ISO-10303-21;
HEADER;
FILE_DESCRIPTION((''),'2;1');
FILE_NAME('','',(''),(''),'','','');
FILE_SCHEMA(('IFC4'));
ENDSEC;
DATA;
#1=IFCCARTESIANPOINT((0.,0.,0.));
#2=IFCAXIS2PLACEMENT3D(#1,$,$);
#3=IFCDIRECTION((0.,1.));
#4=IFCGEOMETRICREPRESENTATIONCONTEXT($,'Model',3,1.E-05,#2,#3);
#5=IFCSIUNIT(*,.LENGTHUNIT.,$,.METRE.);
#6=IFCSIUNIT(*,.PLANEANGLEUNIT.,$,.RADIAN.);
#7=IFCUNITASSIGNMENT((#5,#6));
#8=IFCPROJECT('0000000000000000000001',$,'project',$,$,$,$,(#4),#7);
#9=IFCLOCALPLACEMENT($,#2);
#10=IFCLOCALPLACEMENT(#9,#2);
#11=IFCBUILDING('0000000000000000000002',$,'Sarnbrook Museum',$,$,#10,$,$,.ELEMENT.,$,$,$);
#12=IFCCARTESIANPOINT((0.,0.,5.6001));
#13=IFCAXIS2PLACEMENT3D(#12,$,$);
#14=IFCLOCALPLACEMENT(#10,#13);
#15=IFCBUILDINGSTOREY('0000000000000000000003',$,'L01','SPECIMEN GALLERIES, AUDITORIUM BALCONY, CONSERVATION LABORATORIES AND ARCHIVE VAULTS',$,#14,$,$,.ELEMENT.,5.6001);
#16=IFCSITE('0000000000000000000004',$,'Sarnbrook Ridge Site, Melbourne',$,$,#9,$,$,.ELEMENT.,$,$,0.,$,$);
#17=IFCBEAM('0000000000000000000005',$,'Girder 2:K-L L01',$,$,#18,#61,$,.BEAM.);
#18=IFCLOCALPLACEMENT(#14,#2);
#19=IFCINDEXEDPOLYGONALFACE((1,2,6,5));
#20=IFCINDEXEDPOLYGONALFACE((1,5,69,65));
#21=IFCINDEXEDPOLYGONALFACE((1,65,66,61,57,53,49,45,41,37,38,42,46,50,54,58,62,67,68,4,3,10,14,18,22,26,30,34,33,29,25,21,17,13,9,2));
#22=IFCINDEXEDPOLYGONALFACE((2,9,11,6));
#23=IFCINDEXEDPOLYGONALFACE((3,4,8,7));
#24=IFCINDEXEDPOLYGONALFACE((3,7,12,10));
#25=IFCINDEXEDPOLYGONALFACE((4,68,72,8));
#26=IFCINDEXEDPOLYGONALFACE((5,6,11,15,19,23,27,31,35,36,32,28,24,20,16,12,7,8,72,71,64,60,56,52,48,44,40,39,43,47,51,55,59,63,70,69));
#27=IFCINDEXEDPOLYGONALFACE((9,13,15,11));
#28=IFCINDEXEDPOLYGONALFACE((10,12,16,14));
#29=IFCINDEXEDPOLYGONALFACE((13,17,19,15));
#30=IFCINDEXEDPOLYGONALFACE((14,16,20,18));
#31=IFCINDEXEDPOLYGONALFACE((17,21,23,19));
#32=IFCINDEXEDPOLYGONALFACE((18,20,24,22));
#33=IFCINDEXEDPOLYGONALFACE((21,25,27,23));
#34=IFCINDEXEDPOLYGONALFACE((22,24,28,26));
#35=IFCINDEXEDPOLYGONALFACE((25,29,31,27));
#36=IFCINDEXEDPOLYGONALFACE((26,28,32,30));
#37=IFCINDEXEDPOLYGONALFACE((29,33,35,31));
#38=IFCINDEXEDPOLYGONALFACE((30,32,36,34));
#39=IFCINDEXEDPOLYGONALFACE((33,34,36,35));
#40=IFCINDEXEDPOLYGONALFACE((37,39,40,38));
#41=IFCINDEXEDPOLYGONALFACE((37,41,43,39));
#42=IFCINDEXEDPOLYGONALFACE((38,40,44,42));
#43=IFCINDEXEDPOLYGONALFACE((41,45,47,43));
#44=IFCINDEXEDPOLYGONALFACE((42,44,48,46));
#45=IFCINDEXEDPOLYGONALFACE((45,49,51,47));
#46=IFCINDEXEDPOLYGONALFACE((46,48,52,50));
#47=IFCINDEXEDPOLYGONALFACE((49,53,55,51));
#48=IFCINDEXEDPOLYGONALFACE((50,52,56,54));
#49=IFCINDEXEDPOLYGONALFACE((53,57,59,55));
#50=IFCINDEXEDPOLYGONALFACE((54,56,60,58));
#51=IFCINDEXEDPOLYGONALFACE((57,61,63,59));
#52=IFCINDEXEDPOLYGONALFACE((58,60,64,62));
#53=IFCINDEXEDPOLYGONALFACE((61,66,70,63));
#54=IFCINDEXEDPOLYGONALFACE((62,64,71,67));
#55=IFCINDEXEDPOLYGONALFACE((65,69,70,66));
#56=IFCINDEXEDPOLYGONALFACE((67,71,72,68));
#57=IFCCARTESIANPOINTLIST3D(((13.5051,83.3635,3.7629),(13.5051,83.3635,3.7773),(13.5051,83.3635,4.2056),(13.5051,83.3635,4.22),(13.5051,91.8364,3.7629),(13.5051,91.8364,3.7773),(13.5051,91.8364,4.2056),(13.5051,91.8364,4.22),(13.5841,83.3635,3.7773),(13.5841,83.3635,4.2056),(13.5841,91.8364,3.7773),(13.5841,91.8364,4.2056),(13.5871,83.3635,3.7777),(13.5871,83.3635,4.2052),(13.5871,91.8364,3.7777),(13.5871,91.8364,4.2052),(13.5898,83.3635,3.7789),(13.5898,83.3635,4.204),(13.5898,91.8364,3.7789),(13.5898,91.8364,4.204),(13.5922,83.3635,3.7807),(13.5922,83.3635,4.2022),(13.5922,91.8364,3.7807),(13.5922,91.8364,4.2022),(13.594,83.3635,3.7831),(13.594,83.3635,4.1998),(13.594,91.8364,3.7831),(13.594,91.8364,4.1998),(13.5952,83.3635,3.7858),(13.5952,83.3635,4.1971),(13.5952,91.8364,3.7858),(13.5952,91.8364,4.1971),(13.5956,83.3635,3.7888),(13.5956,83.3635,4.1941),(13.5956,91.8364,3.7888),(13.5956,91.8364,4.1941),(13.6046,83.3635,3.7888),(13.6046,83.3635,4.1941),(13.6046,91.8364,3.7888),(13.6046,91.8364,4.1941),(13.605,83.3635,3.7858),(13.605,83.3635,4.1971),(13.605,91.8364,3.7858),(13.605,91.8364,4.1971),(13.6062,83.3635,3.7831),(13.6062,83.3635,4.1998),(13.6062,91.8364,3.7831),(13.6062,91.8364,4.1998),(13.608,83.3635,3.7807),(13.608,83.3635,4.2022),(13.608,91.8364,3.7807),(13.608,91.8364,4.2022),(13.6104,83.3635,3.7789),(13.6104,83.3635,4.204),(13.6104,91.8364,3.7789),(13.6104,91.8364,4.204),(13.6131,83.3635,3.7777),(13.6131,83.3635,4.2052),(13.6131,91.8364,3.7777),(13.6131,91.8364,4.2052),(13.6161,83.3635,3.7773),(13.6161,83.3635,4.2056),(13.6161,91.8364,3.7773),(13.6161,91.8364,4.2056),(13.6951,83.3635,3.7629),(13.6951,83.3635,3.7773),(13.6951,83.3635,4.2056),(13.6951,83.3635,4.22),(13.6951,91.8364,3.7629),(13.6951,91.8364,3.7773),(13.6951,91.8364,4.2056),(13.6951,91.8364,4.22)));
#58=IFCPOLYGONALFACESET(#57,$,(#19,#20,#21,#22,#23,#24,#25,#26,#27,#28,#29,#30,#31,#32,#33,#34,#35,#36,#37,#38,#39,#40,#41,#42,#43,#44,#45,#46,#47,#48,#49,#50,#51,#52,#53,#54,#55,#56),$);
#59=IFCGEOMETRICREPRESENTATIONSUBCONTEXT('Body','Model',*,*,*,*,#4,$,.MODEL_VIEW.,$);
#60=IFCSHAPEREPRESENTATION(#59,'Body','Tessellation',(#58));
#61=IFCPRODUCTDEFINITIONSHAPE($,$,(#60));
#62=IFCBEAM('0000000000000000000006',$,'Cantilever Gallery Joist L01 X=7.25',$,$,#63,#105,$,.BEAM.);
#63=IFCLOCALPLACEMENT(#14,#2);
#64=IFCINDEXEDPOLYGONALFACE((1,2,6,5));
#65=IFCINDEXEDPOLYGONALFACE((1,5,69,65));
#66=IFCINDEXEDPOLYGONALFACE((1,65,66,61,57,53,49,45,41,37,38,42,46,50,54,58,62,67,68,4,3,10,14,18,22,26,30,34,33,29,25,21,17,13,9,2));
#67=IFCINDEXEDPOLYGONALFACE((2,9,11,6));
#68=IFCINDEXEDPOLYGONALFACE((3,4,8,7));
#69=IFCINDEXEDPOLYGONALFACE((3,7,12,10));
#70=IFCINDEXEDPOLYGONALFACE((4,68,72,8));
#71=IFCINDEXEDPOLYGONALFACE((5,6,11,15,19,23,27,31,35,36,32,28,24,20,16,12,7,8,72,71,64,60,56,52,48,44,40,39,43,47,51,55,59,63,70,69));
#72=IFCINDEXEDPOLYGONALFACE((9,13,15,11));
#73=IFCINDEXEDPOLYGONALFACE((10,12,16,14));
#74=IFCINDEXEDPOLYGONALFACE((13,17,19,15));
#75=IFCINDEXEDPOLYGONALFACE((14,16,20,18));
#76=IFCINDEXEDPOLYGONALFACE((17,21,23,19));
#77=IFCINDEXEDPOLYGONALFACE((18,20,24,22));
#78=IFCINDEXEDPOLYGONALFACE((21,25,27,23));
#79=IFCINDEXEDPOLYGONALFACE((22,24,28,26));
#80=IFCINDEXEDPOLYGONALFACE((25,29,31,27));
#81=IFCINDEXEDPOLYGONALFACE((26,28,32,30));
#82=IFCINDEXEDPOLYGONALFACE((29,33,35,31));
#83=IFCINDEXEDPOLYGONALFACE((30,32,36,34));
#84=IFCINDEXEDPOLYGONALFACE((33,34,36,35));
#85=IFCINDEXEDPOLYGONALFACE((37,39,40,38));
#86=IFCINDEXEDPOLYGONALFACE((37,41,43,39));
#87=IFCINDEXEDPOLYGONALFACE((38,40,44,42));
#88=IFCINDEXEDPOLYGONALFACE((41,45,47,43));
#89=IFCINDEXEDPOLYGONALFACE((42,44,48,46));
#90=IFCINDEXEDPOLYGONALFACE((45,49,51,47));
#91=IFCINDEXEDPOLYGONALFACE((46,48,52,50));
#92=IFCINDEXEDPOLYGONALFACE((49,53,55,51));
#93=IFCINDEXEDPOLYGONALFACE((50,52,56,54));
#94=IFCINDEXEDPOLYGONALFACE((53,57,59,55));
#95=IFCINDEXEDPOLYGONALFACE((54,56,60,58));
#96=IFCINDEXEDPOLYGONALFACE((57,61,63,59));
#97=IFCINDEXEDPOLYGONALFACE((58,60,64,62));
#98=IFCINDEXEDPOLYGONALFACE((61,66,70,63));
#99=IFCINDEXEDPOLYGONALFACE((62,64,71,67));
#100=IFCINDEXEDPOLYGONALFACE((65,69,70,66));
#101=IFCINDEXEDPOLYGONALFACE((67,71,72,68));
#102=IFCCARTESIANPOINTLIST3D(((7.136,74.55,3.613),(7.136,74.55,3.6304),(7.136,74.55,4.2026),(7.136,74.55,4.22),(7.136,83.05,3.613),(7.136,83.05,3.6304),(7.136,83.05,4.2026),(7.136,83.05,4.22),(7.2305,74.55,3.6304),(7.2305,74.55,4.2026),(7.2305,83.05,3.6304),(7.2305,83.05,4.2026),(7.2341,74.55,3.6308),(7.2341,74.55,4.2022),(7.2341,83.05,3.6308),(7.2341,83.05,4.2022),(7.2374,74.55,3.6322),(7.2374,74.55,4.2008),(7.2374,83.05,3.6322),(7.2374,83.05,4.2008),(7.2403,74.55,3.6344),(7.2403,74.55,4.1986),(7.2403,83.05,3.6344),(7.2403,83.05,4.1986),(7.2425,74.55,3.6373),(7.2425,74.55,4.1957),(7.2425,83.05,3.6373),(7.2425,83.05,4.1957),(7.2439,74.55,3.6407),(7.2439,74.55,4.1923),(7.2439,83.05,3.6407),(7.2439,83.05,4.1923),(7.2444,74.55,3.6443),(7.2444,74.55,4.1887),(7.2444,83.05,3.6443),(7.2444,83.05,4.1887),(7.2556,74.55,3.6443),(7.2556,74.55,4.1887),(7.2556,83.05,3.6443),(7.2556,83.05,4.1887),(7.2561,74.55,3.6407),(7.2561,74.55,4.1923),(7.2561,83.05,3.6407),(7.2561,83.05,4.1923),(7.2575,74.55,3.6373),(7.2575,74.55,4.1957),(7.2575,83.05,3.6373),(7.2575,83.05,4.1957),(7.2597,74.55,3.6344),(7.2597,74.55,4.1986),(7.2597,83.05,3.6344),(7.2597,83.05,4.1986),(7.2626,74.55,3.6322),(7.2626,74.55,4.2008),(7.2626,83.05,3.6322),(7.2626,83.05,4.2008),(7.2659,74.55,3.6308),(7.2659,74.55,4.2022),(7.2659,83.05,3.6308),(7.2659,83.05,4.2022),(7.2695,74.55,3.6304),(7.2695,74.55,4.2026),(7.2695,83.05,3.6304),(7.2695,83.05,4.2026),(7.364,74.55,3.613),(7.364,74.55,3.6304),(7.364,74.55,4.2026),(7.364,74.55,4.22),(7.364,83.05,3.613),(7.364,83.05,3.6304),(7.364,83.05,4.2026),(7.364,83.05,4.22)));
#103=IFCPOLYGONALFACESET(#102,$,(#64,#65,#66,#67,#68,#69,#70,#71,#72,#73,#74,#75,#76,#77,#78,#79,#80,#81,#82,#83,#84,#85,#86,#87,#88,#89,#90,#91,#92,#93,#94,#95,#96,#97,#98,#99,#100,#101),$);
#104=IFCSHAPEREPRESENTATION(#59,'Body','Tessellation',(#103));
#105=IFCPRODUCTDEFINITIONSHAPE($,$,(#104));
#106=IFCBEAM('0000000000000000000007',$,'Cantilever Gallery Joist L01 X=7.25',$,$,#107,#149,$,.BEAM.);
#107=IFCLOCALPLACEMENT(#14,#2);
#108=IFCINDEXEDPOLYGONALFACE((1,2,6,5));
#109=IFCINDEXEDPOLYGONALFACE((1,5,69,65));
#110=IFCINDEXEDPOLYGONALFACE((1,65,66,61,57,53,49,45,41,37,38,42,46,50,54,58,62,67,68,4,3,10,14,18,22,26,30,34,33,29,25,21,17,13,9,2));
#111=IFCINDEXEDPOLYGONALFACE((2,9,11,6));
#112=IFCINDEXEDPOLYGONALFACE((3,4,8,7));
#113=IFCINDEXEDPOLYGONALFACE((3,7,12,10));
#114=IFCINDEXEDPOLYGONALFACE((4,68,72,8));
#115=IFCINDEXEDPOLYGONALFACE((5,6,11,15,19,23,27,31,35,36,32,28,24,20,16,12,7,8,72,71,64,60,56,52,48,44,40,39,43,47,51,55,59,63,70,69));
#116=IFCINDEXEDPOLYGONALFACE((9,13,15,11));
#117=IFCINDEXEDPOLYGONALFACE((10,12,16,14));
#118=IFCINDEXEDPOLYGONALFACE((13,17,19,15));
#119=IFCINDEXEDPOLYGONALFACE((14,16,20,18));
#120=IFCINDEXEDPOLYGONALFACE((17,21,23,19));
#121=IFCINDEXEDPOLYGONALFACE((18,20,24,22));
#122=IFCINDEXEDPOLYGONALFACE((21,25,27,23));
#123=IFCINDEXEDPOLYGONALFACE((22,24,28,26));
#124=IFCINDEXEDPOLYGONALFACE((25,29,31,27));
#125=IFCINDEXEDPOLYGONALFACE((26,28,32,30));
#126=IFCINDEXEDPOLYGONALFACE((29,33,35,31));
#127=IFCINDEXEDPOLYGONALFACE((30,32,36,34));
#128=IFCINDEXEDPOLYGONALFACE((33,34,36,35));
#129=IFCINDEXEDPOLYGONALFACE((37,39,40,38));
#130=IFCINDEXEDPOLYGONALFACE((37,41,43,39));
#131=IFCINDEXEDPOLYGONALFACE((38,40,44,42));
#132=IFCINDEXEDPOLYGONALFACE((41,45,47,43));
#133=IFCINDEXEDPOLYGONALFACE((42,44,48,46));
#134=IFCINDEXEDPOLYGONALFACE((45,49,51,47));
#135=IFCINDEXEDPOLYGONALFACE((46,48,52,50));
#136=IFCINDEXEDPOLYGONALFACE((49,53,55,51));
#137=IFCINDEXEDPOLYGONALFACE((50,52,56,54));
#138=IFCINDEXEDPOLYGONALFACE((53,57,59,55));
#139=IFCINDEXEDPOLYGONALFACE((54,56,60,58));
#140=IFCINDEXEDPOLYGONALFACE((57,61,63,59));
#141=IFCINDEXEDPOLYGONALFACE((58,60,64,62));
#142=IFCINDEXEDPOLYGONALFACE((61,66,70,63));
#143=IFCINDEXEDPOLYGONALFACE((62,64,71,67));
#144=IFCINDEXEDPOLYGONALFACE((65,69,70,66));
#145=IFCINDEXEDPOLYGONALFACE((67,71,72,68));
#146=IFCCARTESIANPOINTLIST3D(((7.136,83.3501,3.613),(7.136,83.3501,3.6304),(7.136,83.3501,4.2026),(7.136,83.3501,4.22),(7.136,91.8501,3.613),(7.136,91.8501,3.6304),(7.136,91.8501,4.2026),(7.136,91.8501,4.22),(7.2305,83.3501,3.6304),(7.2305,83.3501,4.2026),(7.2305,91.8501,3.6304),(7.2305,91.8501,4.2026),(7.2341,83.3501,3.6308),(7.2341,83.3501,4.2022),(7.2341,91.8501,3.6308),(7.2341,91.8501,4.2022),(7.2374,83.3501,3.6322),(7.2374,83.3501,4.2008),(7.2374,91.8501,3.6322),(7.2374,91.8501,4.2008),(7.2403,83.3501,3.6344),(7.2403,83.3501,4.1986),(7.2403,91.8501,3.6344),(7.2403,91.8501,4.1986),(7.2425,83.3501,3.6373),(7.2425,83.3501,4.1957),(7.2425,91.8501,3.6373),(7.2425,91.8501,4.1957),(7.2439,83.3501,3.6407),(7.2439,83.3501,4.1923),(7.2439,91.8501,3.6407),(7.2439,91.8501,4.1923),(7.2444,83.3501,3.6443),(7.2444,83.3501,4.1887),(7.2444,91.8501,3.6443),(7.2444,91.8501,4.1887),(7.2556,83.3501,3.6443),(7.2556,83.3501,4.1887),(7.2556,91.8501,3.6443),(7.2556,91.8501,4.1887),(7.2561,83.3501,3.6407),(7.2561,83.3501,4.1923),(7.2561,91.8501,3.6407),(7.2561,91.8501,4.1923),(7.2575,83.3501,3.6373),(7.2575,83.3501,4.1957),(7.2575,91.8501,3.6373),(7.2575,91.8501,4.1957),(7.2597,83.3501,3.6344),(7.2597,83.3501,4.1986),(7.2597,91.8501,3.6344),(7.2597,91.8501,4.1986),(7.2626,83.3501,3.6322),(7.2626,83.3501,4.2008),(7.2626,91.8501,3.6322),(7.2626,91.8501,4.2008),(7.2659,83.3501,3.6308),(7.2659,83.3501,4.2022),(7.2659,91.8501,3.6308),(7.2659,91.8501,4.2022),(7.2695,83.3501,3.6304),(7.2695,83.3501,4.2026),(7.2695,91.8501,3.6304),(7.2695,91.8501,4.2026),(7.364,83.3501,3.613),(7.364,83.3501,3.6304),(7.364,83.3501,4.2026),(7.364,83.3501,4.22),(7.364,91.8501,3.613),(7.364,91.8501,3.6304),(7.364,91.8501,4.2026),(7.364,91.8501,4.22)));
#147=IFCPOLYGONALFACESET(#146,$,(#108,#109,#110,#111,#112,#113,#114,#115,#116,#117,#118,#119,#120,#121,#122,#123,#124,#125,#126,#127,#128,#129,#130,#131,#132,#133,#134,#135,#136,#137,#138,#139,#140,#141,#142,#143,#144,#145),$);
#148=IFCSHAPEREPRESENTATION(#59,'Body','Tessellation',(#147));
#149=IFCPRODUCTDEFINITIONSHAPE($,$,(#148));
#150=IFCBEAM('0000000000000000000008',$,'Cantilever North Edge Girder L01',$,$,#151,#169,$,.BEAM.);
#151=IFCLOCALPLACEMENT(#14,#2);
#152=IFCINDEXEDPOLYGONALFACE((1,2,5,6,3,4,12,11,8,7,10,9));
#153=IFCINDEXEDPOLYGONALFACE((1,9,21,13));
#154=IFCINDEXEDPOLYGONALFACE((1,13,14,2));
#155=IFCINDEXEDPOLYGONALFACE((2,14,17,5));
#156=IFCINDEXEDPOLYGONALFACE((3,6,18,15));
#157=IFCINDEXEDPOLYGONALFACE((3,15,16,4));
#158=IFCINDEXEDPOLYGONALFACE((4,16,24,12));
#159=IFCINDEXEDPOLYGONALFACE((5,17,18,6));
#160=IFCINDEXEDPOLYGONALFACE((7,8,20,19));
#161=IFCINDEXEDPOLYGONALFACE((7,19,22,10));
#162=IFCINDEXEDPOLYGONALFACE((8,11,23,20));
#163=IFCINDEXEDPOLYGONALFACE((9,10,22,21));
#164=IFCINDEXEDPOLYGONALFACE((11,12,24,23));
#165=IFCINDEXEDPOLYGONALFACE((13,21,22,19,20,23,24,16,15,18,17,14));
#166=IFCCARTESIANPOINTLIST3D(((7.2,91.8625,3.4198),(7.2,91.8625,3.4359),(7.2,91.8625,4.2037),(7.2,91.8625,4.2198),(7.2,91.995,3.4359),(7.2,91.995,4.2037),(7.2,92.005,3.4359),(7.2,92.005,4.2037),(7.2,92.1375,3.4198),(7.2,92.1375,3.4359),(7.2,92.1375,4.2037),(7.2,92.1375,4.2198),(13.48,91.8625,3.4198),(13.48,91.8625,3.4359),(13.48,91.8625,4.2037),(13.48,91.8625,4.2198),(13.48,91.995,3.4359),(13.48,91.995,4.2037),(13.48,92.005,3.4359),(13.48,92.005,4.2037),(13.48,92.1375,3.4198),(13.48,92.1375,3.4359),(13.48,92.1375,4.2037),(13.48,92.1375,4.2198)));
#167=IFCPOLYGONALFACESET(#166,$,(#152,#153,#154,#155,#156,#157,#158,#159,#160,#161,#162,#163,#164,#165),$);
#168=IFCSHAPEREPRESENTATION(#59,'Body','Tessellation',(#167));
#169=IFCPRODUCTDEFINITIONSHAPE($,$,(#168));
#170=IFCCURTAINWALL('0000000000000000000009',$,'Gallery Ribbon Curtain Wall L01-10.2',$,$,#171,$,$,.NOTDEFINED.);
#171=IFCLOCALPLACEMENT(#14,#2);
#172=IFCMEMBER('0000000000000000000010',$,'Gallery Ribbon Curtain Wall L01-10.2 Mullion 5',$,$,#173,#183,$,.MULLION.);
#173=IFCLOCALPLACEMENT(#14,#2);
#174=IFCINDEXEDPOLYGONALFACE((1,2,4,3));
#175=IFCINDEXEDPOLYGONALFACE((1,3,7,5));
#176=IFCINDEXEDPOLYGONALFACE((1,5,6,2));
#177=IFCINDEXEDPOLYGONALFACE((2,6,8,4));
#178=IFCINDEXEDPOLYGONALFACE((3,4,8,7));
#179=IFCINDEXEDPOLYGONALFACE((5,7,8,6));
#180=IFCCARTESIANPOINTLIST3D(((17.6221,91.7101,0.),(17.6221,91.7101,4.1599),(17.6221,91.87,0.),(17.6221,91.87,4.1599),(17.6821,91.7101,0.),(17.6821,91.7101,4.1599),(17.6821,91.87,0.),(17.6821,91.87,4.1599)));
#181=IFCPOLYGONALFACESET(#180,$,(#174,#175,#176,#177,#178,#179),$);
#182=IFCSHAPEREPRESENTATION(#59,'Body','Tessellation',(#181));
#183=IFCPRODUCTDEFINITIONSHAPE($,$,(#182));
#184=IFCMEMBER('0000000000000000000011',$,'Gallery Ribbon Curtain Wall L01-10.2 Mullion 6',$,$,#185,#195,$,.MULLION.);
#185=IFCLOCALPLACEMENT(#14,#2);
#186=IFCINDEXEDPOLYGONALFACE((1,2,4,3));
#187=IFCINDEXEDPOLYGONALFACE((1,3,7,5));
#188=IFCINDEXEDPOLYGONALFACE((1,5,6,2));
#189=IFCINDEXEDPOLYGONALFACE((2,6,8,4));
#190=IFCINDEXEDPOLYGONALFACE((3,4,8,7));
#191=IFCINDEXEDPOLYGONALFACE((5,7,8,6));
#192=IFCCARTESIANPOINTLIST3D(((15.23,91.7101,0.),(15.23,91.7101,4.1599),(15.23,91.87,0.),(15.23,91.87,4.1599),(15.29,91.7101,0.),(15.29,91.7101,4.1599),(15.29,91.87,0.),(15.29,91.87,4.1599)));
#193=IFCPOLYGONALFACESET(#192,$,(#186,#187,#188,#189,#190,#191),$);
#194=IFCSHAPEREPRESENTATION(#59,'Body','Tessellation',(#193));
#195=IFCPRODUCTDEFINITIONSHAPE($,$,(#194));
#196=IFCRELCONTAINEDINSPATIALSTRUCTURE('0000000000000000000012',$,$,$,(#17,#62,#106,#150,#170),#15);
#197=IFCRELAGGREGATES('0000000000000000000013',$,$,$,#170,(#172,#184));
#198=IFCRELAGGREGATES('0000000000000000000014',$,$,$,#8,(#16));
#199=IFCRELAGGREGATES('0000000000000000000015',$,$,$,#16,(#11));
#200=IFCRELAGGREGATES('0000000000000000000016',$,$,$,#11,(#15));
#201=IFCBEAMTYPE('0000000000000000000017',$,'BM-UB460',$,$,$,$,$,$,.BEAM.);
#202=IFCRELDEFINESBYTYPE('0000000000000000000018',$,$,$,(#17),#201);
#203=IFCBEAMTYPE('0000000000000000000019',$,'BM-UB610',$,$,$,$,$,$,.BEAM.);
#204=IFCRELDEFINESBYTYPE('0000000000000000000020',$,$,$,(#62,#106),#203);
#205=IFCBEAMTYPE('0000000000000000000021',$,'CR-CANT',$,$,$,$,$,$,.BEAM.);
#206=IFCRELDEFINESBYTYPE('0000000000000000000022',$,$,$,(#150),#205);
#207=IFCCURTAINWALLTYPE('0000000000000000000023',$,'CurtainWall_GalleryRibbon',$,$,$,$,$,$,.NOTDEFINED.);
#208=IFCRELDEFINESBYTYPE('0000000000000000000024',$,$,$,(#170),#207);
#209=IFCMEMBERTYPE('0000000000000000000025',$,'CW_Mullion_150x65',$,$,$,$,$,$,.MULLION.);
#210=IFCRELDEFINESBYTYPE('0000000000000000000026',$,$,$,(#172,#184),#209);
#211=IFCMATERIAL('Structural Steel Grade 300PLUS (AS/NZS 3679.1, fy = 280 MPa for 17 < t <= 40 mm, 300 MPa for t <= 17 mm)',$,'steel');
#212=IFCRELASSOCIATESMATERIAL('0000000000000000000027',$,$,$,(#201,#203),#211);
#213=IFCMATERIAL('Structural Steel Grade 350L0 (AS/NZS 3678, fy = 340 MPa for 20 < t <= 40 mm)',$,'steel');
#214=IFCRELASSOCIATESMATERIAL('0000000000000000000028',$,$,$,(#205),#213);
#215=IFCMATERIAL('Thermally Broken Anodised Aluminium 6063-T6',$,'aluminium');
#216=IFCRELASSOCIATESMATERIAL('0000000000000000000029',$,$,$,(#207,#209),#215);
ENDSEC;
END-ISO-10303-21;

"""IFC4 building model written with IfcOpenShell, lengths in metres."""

from ifc_helpers import new_model, si_unit, direction, frame, origin, origin_2d, place, context, subcontext, project, spatial, rectangle, i_section, extrude, material, material_profile, profile_set, type_object, element, aggregate, save


model = new_model("IFC4")

# Units and contexts
model_context = context("Model", 3, precision=1e-05, world=origin(), true_north=direction((0.0, 1.0)))
body_context = subcontext(model_context, "Body", "Model", "MODEL_VIEW")
ifc_project = project(units=[si_unit("LENGTHUNIT", "METRE"), si_unit("PLANEANGLEUNIT", "RADIAN")], contexts=[model_context])

# Site, building, storey
site_placement = place(None, origin())
site = spatial("IfcSite", under=ifc_project, at=site_placement, Name="Sarnbrook Ridge Site, Melbourne", CompositionType="ELEMENT", RefElevation=0.0)
building_placement = place(site_placement, origin())
building = spatial("IfcBuilding", under=site, at=building_placement, Name="Sarnbrook Museum", CompositionType="ELEMENT")
storey_placement = place(building_placement, frame((0.0, 0.0, 5.6001)))
storey = spatial("IfcBuildingStorey", under=building, at=storey_placement, Name="L01", Description="SPECIMEN GALLERIES, AUDITORIUM BALCONY, CONSERVATION LABORATORIES AND ARCHIVE VAULTS", CompositionType="ELEMENT", Elevation=5.6001)

# Shared definitions
ifc_material_1 = material(Name="Structural Steel Grade 300PLUS (AS/NZS 3679.1, fy = 280 MPa for 17 < t <= 40 mm, 300 MPa for t <= 17 mm)", Category="steel")

# Beams
ifc_material_profile_1 = material_profile(ifc_material_1, i_section(OverallWidth=0.1899, OverallDepth=0.457, WebThickness=0.009, FlangeThickness=0.0144, FilletRadius=0.0115, at=origin_2d()), Name="460UB74.6")
ifc_profile_set_1 = profile_set([ifc_material_profile_1], Name="Structural Steel Grade 300PLUS (AS/NZS 3679.1, fy = 280 MPa for 17 < t <= 40 mm, 300 MPa for t <= 17 mm)")
beam_type_1 = type_object("IfcBeamType", Name="BM-UB460", PredefinedType="BEAM", material=ifc_profile_set_1)
beam_1_placement = place(storey_placement, frame((13.6001, 83.3635, 3.9915), z_axis=(0.0, 1.0, 0.0), x_axis=(-1.0, 0.0, 0.0)))
element("IfcBeam", 1, at=beam_1_placement, inside=storey, type_object=beam_type_1, Name="Girder 2:K-L L01", PredefinedType="BEAM", context=body_context, shape_type="SweptSolid", body=[
    extrude(i_section(OverallWidth=0.1899, OverallDepth=0.457, WebThickness=0.009, FlangeThickness=0.0144, FilletRadius=0.0115, at=origin_2d()), origin(), (0.0, 0.0, 1.0), 8.4729),
])
ifc_material_profile_2 = material_profile(ifc_material_1, i_section(OverallWidth=0.228, OverallDepth=0.6069, WebThickness=0.0112, FlangeThickness=0.0173, FilletRadius=0.0139, at=origin_2d()), Name="610UB113")
ifc_profile_set_2 = profile_set([ifc_material_profile_2], Name="Structural Steel Grade 300PLUS (AS/NZS 3679.1, fy = 280 MPa for 17 < t <= 40 mm, 300 MPa for t <= 17 mm)")
beam_type_2 = type_object("IfcBeamType", Name="BM-UB610", PredefinedType="BEAM", material=ifc_profile_set_2)
for number, where, z_axis, x_axis, name in (
    (2, (7.25, 74.55, 3.9165), (0.0, 1.0, 0.0), (-1.0, 0.0, 0.0), "Cantilever Gallery Joist L01 X=7.25"),
    (3, (7.25, 83.3501, 3.9165), (0.0, 1.0, 0.0), (-1.0, 0.0, 0.0), "Cantilever Gallery Joist L01 X=7.25"),
):
    element("IfcBeam", number, at=place(storey_placement, frame(where, z_axis=z_axis, x_axis=x_axis)), inside=storey, type_object=beam_type_2, Name=name, PredefinedType="BEAM", context=body_context, shape_type="SweptSolid", body=[
        extrude(i_section(OverallWidth=0.228, OverallDepth=0.6069, WebThickness=0.0112, FlangeThickness=0.0173, FilletRadius=0.0139, at=origin_2d()), origin(), (0.0, 0.0, 1.0), 8.5),
    ])
ifc_material_2 = material(Name="Structural Steel Grade 350L0 (AS/NZS 3678, fy = 340 MPa for 20 < t <= 40 mm)", Category="steel")
ifc_material_profile_3 = material_profile(ifc_material_2, i_section(OverallWidth=0.2749, OverallDepth=0.8, WebThickness=0.01, FlangeThickness=0.0161, at=origin_2d()), Name="800WB146")
ifc_profile_set_3 = profile_set([ifc_material_profile_3], Name="Structural Steel Grade 350L0 (AS/NZS 3678, fy = 340 MPa for 20 < t <= 40 mm)")
beam_type_3 = type_object("IfcBeamType", Name="CR-CANT", PredefinedType="BEAM", material=ifc_profile_set_3)
beam_2_placement = place(storey_placement, frame((13.48, 92.0, 3.8198), z_axis=(-1.0, 0.0, 0.0), x_axis=(0.0, -1.0, 0.0)))
element("IfcBeam", 4, at=beam_2_placement, inside=storey, type_object=beam_type_3, Name="Cantilever North Edge Girder L01", PredefinedType="BEAM", context=body_context, shape_type="SweptSolid", body=[
    extrude(i_section(OverallWidth=0.2749, OverallDepth=0.8, WebThickness=0.01, FlangeThickness=0.0161, at=origin_2d()), origin(), (0.0, 0.0, 1.0), 6.28),
])

# Curtain wall, members
ifc_material_3 = material(Name="Thermally Broken Anodised Aluminium 6063-T6", Category="aluminium")
curtain_wall_type = type_object("IfcCurtainWallType", Name="CurtainWall_GalleryRibbon", PredefinedType="NOTDEFINED", material=ifc_material_3)
curtain_wall_placement = place(storey_placement, origin())
curtain_wall = element("IfcCurtainWall", 5, at=curtain_wall_placement, inside=storey, type_object=curtain_wall_type, Name="Gallery Ribbon Curtain Wall L01-10.2", PredefinedType="NOTDEFINED")
ifc_material_profile_4 = material_profile(ifc_material_3, rectangle(XDim=0.0601, YDim=0.1599, at=origin_2d()), Name="ALU MULLION 60x160")
ifc_profile_set_4 = profile_set([ifc_material_profile_4], Name="Thermally Broken Anodised Aluminium 6063-T6")
member_type = type_object("IfcMemberType", Name="CW_Mullion_150x65", PredefinedType="MULLION", material=ifc_profile_set_4)
member_1_placement = place(storey_placement, frame((17.6521, 91.79, 0.0), z_axis=(0.0, 0.0, 1.0), x_axis=(1.0, 0.0, 0.0)))
member_1 = element("IfcMember", 6, at=member_1_placement, type_object=member_type, Name="Gallery Ribbon Curtain Wall L01-10.2 Mullion 5", PredefinedType="MULLION", context=body_context, shape_type="SweptSolid", body=[
    extrude(rectangle(XDim=0.0601, YDim=0.1599, at=origin_2d()), origin(), (0.0, 0.0, 1.0), 4.1599),
])
member_2_placement = place(storey_placement, frame((15.26, 91.79, 0.0), z_axis=(0.0, 0.0, 1.0), x_axis=(1.0, 0.0, 0.0)))
member_2 = element("IfcMember", 7, at=member_2_placement, type_object=member_type, Name="Gallery Ribbon Curtain Wall L01-10.2 Mullion 6", PredefinedType="MULLION", context=body_context, shape_type="SweptSolid", body=[
    extrude(rectangle(XDim=0.0601, YDim=0.1599, at=origin_2d()), origin(), (0.0, 0.0, 1.0), 4.1599),
])

aggregate(curtain_wall, [member_1, member_2])

save(model, "model.ifc")
